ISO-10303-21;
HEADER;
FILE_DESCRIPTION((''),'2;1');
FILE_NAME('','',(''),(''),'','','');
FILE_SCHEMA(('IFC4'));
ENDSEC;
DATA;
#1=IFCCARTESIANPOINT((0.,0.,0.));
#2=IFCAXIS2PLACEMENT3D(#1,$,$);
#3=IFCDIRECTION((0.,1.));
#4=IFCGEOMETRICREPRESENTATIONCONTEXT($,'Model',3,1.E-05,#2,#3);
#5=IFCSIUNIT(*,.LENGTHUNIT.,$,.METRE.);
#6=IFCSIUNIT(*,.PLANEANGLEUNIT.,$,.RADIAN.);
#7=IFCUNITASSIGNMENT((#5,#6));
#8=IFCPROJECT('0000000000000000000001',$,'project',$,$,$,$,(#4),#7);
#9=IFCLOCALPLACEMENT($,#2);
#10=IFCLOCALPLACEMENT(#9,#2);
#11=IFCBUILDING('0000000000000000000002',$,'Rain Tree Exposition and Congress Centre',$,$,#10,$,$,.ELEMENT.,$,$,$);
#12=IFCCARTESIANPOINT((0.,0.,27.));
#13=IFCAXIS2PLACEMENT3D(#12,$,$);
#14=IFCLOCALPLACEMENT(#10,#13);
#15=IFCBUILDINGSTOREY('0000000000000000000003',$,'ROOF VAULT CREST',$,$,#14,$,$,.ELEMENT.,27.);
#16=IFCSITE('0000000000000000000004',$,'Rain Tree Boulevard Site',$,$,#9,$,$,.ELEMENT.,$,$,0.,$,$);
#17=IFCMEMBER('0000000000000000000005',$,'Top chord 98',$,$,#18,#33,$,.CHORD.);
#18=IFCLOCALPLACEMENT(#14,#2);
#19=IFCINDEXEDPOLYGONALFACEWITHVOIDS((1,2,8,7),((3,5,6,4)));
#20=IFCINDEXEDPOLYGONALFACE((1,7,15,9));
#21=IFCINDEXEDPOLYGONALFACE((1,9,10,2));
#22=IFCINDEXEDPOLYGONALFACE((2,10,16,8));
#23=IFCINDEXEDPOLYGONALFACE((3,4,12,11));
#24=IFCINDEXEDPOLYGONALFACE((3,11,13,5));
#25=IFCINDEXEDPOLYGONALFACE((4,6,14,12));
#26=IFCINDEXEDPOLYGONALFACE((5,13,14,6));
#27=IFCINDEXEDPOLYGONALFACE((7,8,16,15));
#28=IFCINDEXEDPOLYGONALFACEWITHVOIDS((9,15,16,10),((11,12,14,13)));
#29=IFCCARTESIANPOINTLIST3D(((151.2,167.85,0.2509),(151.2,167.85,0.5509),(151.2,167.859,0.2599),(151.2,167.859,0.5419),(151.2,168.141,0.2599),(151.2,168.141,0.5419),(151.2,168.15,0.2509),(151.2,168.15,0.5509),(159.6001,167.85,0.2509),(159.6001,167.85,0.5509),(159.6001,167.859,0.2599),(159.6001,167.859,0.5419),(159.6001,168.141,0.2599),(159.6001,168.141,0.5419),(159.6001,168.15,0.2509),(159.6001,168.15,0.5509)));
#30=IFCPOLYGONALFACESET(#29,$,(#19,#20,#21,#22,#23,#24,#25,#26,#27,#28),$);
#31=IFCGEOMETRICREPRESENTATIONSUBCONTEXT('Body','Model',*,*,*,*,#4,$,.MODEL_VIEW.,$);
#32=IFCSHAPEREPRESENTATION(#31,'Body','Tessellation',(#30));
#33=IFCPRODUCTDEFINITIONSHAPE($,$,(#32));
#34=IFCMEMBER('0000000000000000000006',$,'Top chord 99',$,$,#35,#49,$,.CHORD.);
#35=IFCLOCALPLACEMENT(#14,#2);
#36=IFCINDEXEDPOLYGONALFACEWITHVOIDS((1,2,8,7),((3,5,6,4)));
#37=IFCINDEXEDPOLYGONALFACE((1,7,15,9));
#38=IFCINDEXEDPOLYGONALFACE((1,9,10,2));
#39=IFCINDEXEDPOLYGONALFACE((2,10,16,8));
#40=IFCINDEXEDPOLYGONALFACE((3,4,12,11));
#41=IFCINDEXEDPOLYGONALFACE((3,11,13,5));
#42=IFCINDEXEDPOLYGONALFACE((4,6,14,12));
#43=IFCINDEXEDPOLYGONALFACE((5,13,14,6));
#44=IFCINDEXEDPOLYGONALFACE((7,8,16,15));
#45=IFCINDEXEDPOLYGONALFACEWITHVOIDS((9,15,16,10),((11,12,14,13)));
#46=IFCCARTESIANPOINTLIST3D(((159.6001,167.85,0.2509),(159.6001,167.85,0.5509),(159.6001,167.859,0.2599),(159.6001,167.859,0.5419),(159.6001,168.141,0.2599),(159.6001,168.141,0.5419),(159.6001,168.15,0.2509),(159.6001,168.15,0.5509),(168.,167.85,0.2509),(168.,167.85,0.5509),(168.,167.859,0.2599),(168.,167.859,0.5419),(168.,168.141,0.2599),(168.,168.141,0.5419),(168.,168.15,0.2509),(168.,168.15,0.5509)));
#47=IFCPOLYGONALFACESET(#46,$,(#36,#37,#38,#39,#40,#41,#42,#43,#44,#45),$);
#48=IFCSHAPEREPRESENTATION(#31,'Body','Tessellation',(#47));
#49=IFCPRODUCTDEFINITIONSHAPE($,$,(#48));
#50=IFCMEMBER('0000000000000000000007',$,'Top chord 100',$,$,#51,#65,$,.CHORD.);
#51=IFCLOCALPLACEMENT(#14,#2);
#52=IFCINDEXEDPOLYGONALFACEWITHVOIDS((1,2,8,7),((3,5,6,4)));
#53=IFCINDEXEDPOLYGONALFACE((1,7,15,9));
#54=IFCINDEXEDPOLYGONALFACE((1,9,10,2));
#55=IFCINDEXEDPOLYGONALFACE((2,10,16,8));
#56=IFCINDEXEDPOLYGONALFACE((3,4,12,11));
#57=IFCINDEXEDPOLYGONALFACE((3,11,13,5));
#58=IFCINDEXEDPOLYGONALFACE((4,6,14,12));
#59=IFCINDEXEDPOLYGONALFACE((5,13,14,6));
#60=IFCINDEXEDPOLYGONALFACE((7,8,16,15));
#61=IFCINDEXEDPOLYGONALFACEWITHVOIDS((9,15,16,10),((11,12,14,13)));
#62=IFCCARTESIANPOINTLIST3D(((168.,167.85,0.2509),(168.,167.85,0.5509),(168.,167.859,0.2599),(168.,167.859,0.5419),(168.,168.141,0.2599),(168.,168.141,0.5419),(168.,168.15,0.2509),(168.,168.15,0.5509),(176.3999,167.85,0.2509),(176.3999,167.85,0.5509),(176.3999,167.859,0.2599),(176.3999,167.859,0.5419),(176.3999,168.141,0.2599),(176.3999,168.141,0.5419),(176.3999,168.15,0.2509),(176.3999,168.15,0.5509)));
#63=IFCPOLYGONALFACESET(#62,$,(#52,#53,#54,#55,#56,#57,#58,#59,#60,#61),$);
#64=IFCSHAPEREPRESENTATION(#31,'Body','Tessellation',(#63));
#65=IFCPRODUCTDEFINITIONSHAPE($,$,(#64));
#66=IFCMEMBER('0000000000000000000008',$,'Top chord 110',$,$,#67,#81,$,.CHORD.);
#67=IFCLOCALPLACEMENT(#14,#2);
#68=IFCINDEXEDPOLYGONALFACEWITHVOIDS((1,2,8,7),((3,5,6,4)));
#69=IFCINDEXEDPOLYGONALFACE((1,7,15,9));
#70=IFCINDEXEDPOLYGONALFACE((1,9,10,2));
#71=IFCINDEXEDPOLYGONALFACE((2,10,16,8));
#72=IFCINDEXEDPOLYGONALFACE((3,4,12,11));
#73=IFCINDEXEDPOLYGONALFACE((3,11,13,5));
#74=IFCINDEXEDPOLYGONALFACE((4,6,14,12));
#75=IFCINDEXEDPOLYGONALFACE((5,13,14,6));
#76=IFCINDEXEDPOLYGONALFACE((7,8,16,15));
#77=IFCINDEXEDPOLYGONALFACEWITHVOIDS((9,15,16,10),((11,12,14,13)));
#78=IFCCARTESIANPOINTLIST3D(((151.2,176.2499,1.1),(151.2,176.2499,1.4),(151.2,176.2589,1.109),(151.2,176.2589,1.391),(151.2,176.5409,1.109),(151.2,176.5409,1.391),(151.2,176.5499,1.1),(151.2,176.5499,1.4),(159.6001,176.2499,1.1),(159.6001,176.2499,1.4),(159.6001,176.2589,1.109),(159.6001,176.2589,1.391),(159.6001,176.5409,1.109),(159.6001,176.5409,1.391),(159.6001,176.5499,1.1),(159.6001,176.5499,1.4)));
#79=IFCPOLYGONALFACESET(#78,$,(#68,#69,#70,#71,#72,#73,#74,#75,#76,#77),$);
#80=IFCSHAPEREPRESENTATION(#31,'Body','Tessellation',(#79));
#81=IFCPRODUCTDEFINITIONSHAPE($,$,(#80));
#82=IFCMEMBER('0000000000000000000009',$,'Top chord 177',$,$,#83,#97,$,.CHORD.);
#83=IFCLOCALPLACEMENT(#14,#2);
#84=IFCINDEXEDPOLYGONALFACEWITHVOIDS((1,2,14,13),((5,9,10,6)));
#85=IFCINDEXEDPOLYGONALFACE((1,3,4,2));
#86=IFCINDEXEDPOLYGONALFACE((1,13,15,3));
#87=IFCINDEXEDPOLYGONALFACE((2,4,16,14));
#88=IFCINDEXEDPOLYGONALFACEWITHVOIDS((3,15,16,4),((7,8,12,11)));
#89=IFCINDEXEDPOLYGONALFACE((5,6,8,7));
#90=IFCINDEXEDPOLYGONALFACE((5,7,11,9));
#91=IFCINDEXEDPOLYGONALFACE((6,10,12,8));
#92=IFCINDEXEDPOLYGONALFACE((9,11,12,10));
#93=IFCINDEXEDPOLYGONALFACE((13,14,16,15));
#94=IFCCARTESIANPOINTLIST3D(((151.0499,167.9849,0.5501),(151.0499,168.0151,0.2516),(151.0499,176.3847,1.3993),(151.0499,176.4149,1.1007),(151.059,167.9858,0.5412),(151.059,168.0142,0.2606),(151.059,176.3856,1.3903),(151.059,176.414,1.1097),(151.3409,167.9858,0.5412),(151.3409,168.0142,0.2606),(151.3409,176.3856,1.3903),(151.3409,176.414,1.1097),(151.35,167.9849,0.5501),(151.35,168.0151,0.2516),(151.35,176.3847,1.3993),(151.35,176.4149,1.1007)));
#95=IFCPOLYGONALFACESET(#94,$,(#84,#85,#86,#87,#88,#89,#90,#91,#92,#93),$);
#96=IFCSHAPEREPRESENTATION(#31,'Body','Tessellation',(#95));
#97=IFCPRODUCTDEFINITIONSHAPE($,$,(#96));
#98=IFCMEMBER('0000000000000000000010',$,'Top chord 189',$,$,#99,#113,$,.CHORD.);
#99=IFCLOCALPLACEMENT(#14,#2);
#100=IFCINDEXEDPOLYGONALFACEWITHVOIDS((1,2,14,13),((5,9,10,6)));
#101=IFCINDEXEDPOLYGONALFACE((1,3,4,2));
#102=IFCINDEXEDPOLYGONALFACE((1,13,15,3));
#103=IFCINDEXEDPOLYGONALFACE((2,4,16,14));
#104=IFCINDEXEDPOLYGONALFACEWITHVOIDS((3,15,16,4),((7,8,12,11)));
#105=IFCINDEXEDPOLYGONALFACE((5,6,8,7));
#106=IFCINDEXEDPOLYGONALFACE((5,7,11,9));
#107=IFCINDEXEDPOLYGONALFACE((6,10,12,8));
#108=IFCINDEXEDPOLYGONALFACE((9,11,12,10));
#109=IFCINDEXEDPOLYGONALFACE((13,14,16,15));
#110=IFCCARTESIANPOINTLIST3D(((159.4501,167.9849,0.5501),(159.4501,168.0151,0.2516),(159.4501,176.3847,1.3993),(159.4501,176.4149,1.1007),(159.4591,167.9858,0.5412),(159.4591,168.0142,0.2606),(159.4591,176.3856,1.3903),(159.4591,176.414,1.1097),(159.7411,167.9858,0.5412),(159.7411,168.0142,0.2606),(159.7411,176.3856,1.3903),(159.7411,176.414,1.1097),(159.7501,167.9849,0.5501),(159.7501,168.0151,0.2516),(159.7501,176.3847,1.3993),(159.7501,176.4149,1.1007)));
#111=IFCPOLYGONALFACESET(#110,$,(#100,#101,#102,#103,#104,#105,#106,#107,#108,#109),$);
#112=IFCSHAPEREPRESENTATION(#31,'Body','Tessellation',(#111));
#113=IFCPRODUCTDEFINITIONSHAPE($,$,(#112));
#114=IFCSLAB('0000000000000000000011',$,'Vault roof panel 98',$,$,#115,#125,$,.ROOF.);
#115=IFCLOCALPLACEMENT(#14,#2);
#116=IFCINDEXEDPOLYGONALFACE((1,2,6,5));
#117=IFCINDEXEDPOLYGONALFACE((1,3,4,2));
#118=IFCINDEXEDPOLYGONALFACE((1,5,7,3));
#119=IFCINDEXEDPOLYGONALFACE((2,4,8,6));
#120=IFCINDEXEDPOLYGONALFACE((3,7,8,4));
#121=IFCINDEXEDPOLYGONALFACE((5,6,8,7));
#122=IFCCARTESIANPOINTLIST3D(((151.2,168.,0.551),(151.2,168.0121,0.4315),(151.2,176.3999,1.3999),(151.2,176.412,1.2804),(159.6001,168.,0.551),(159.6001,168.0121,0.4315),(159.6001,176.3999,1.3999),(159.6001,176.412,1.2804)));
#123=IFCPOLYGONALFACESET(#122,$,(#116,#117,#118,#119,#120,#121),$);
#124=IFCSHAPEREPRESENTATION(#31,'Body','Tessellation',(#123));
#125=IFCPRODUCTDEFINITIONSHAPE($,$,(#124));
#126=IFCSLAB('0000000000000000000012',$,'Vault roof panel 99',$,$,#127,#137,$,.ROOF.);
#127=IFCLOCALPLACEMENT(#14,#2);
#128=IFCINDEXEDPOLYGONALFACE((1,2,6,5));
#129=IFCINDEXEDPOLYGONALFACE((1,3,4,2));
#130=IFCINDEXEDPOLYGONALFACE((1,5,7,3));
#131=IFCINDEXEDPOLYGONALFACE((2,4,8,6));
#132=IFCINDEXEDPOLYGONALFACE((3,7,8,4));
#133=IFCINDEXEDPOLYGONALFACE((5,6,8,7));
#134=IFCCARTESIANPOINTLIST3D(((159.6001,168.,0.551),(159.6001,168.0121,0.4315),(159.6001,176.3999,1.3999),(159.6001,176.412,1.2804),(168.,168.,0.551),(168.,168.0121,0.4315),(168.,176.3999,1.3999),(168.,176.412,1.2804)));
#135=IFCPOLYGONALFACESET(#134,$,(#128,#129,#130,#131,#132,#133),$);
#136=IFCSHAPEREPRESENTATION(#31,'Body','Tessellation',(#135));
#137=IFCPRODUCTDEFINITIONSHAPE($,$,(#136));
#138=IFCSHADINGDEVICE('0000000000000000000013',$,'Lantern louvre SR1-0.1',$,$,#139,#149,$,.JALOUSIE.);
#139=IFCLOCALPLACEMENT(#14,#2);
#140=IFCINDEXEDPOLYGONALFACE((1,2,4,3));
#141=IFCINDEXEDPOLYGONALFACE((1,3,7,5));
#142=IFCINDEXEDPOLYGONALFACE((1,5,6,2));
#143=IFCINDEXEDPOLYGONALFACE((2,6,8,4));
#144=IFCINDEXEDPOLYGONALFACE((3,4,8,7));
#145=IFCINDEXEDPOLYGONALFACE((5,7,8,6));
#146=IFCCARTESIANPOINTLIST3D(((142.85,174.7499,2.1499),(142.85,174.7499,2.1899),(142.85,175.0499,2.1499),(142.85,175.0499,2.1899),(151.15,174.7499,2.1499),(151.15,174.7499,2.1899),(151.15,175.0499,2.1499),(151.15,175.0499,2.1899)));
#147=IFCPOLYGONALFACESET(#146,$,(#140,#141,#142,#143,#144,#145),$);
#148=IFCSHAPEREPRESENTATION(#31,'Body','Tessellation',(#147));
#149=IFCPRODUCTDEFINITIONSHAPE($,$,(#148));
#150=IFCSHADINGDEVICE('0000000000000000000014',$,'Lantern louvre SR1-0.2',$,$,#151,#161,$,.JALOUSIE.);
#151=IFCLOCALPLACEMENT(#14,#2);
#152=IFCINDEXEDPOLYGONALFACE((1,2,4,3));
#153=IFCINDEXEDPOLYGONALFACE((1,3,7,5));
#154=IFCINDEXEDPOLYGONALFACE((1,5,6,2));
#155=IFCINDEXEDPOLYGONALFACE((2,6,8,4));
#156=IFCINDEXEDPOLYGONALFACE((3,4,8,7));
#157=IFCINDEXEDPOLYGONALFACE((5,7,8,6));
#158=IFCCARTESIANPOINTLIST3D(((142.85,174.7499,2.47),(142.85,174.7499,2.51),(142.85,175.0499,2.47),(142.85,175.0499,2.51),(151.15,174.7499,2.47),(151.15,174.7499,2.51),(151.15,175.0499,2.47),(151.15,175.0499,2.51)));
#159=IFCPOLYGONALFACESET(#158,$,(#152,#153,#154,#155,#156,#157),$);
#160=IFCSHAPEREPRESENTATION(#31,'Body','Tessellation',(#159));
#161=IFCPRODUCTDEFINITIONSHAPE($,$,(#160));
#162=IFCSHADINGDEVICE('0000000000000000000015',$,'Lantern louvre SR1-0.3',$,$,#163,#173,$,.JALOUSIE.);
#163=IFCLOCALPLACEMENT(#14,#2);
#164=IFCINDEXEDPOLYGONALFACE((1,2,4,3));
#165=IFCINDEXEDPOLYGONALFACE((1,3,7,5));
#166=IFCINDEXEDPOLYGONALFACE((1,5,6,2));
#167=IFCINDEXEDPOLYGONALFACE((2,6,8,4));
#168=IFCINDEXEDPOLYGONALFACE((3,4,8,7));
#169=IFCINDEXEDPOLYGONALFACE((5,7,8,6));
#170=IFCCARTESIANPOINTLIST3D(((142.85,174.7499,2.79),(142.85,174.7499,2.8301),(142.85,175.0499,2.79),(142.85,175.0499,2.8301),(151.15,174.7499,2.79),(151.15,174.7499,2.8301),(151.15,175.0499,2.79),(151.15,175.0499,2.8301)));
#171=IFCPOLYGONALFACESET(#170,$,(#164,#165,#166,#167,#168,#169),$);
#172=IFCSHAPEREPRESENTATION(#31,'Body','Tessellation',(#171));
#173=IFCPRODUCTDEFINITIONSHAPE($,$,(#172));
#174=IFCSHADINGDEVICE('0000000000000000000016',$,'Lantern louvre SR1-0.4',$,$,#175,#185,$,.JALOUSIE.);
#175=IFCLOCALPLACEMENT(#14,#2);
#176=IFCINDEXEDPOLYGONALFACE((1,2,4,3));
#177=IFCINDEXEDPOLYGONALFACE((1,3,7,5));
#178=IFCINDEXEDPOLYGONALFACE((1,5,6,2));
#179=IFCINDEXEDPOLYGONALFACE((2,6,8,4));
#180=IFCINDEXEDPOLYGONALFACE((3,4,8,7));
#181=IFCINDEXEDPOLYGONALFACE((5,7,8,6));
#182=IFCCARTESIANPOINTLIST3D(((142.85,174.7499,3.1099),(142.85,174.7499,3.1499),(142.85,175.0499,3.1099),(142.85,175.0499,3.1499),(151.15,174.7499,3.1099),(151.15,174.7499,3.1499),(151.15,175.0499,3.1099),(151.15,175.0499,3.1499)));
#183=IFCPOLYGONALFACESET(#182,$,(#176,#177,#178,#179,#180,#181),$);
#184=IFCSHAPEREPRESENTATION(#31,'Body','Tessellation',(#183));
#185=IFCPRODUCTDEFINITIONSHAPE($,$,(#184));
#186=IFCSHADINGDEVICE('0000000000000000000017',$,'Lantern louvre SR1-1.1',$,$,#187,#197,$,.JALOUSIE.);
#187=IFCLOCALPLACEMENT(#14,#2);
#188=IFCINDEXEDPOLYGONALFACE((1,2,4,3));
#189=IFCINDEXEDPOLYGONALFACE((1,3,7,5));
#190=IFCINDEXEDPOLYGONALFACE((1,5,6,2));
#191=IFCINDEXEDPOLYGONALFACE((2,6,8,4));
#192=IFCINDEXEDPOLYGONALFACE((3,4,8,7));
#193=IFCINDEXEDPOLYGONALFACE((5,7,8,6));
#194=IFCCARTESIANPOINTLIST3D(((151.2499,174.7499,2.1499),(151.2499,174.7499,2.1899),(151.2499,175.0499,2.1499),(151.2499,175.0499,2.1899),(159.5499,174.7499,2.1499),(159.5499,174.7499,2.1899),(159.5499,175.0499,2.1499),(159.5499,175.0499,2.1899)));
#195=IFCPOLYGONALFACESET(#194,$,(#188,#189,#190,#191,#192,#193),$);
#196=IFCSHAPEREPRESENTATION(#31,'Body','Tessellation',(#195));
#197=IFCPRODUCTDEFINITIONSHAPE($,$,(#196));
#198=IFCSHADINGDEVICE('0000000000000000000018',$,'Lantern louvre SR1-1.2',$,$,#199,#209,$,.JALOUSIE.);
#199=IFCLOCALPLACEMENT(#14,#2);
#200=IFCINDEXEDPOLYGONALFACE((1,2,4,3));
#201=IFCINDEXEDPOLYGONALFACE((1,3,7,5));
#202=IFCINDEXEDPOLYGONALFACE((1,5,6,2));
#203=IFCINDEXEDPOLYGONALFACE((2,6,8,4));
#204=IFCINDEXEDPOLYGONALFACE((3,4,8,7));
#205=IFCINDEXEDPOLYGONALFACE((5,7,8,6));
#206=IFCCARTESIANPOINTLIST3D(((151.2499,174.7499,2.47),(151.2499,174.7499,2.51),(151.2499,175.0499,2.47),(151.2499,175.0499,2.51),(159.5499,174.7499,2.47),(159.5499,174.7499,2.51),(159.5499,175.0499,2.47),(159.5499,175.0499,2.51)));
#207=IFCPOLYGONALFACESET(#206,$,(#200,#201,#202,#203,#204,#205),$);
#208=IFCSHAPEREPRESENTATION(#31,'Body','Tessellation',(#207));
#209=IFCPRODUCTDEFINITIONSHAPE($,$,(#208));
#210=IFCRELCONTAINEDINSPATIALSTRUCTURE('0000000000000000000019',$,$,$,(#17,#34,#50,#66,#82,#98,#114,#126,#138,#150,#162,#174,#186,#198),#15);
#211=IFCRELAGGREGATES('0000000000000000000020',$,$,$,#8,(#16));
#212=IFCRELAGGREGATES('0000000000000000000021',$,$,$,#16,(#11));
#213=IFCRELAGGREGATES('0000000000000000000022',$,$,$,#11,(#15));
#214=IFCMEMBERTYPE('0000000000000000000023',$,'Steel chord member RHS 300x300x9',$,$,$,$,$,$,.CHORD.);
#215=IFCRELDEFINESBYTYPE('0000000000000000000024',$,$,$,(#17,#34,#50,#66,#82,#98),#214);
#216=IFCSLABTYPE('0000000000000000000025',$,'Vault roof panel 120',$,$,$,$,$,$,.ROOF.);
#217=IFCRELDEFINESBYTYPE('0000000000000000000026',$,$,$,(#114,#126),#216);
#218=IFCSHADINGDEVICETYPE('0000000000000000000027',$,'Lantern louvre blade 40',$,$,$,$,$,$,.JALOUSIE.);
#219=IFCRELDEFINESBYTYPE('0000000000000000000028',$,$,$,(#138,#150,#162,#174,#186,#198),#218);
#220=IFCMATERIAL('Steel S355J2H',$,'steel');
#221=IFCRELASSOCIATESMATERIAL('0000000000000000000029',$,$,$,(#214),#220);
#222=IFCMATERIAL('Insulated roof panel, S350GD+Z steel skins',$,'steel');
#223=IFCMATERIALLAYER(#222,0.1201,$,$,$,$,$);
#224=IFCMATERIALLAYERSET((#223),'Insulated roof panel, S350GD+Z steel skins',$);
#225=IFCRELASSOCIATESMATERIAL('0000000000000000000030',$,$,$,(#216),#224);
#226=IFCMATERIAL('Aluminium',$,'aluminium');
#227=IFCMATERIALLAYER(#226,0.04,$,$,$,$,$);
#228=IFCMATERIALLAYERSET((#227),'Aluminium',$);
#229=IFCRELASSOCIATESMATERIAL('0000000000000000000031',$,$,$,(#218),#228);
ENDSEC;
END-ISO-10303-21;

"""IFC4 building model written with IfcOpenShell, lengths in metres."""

from ifc_helpers import new_model, si_unit, direction, frame, origin, origin_2d, place, context, subcontext, project, spatial, polyline, rectangle, hollow_rectangle, outline, extrude, material, layer, layer_set, material_profile, profile_set, type_object, element, save


model = new_model("IFC4")

# Units and contexts
model_context = context("Model", 3, precision=1e-05, world=origin(), true_north=direction((0.0, 1.0)))
body_context = subcontext(model_context, "Body", "Model", "MODEL_VIEW")
ifc_project = project(units=[si_unit("LENGTHUNIT", "METRE"), si_unit("PLANEANGLEUNIT", "RADIAN")], contexts=[model_context])

# Site, building, storey
site_placement = place(None, origin())
site = spatial("IfcSite", under=ifc_project, at=site_placement, Name="Rain Tree Boulevard Site", CompositionType="ELEMENT", RefElevation=0.0)
building_placement = place(site_placement, origin())
building = spatial("IfcBuilding", under=site, at=building_placement, Name="Rain Tree Exposition and Congress Centre", CompositionType="ELEMENT")
storey_placement = place(building_placement, frame((0.0, 0.0, 27.0)))
storey = spatial("IfcBuildingStorey", under=building, at=storey_placement, Name="ROOF VAULT CREST", CompositionType="ELEMENT", Elevation=27.0)

# Members
ifc_material_1 = material(Name="Steel S355J2H", Category="steel")
ifc_material_profile_1 = material_profile(ifc_material_1, hollow_rectangle(XDim=0.3, YDim=0.3, WallThickness=0.009, at=origin_2d()), Name="RHS 300x300x9")
ifc_profile_set_1 = profile_set([ifc_material_profile_1], Name="Steel S355J2H")
member_type = type_object("IfcMemberType", Name="Steel chord member RHS 300x300x9", PredefinedType="CHORD", material=ifc_profile_set_1)
member_1_placement = place(storey_placement, frame((151.2, 168.0, 0.4009), z_axis=(1.0, 0.0, 0.0), x_axis=(0.0, 1.0, 0.0)))
element("IfcMember", 1, at=member_1_placement, inside=storey, type_object=member_type, Name="Top chord 98", PredefinedType="CHORD", context=body_context, shape_type="SweptSolid", body=[
    extrude(hollow_rectangle(XDim=0.3, YDim=0.3, WallThickness=0.009, at=origin_2d()), origin(), (0.0, 0.0, 1.0), 8.4001),
])
for number, where, z_axis, x_axis, name in (
    (2, (159.6001, 168.0, 0.4009), (1.0, 0.0, 0.0), (0.0, 1.0, 0.0), "Top chord 99"),
    (3, (168.0, 168.0, 0.4009), (1.0, 0.0, 0.0), (0.0, 1.0, 0.0), "Top chord 100"),
):
    element("IfcMember", number, at=place(storey_placement, frame(where, z_axis=z_axis, x_axis=x_axis)), inside=storey, type_object=member_type, Name=name, PredefinedType="CHORD", context=body_context, shape_type="SweptSolid", body=[
        extrude(hollow_rectangle(XDim=0.3, YDim=0.3, WallThickness=0.009, at=origin_2d()), origin(), (0.0, 0.0, 1.0), 8.3999),
    ])
member_2_placement = place(storey_placement, frame((151.2, 176.3999, 1.25), z_axis=(1.0, 0.0, 0.0), x_axis=(0.0, 1.0, 0.0)))
element("IfcMember", 4, at=member_2_placement, inside=storey, type_object=member_type, Name="Top chord 110", PredefinedType="CHORD", context=body_context, shape_type="SweptSolid", body=[
    extrude(hollow_rectangle(XDim=0.3, YDim=0.3, WallThickness=0.009, at=origin_2d()), origin(), (0.0, 0.0, 1.0), 8.4001),
])
for number, where, z_axis, x_axis, name in (
    (5, (151.2, 168.0, 0.4009), (0.0, 0.99493, 0.100574), (-1.0, 0.0, 0.0), "Top chord 177"),
    (6, (159.6001, 168.0, 0.4009), (0.0, 0.99493, 0.100574), (-1.0, 0.0, 0.0), "Top chord 189"),
):
    element("IfcMember", number, at=place(storey_placement, frame(where, z_axis=z_axis, x_axis=x_axis)), inside=storey, type_object=member_type, Name=name, PredefinedType="CHORD", context=body_context, shape_type="SweptSolid", body=[
        extrude(hollow_rectangle(XDim=0.3, YDim=0.3, WallThickness=0.009, at=origin_2d()), origin(), (0.0, 0.0, 1.0), 8.4426),
    ])

# Slabs
ifc_material_2 = material(Name="Insulated roof panel, S350GD+Z steel skins", Category="steel")
ifc_layer_1 = layer(ifc_material_2, 0.1201)
ifc_layer_set_1 = layer_set([ifc_layer_1], Name="Insulated roof panel, S350GD+Z steel skins")
slab_type = type_object("IfcSlabType", Name="Vault roof panel 120", PredefinedType="ROOF", material=ifc_layer_set_1)
slab_1_placement = place(storey_placement, frame((151.2, 168.0, 0.551), z_axis=(0.0, -0.100546, 0.994932), x_axis=(1.0, 0.0, 0.0)))
element("IfcSlab", 7, at=slab_1_placement, inside=storey, type_object=slab_type, Name="Vault roof panel 98", PredefinedType="ROOF", context=body_context, shape_type="SweptSolid", body=[
    extrude(outline(polyline([(0.0, 0.0), (8.4001, 0.0), (8.4001, 8.4427), (0.0, 8.4427), (0.0, 0.0)])), origin(), (0.0, 0.0, -1.0), 0.1201),
])
slab_2_placement = place(storey_placement, frame((159.6001, 168.0, 0.551), z_axis=(0.0, -0.100546, 0.994932), x_axis=(1.0, 0.0, 0.0)))
element("IfcSlab", 8, at=slab_2_placement, inside=storey, type_object=slab_type, Name="Vault roof panel 99", PredefinedType="ROOF", context=body_context, shape_type="SweptSolid", body=[
    extrude(outline(polyline([(0.0, 0.0), (8.3999, 0.0), (8.3999, 8.4427), (0.0, 8.4427), (0.0, 0.0)])), origin(), (0.0, 0.0, -1.0), 0.1201),
])

# Shading devices
ifc_material_3 = material(Name="Aluminium", Category="aluminium")
ifc_layer_2 = layer(ifc_material_3, 0.04)
ifc_layer_set_2 = layer_set([ifc_layer_2], Name="Aluminium")
shading_device_type = type_object("IfcShadingDeviceType", Name="Lantern louvre blade 40", PredefinedType="JALOUSIE", material=ifc_layer_set_2)
for number, where, z_axis, x_axis, name in (
    (9, (147.0, 174.8999, 2.1499), (0.0, 0.0, 1.0), (1.0, 0.0, 0.0), "Lantern louvre SR1-0.1"),
    (10, (147.0, 174.8999, 2.47), (0.0, 0.0, 1.0), (1.0, 0.0, 0.0), "Lantern louvre SR1-0.2"),
    (11, (147.0, 174.8999, 2.79), (0.0, 0.0, 1.0), (1.0, 0.0, 0.0), "Lantern louvre SR1-0.3"),
    (12, (147.0, 174.8999, 3.1099), (0.0, 0.0, 1.0), (1.0, 0.0, 0.0), "Lantern louvre SR1-0.4"),
    (13, (155.3999, 174.8999, 2.1499), (0.0, 0.0, 1.0), (1.0, 0.0, 0.0), "Lantern louvre SR1-1.1"),
    (14, (155.3999, 174.8999, 2.47), (0.0, 0.0, 1.0), (1.0, 0.0, 0.0), "Lantern louvre SR1-1.2"),
):
    element("IfcShadingDevice", number, at=place(storey_placement, frame(where, z_axis=z_axis, x_axis=x_axis)), inside=storey, type_object=shading_device_type, Name=name, PredefinedType="JALOUSIE", context=body_context, shape_type="SweptSolid", body=[
        extrude(rectangle(XDim=8.3, YDim=0.3, at=origin_2d()), origin(), (0.0, 0.0, 1.0), 0.04),
    ])

save(model, "model.ifc")
